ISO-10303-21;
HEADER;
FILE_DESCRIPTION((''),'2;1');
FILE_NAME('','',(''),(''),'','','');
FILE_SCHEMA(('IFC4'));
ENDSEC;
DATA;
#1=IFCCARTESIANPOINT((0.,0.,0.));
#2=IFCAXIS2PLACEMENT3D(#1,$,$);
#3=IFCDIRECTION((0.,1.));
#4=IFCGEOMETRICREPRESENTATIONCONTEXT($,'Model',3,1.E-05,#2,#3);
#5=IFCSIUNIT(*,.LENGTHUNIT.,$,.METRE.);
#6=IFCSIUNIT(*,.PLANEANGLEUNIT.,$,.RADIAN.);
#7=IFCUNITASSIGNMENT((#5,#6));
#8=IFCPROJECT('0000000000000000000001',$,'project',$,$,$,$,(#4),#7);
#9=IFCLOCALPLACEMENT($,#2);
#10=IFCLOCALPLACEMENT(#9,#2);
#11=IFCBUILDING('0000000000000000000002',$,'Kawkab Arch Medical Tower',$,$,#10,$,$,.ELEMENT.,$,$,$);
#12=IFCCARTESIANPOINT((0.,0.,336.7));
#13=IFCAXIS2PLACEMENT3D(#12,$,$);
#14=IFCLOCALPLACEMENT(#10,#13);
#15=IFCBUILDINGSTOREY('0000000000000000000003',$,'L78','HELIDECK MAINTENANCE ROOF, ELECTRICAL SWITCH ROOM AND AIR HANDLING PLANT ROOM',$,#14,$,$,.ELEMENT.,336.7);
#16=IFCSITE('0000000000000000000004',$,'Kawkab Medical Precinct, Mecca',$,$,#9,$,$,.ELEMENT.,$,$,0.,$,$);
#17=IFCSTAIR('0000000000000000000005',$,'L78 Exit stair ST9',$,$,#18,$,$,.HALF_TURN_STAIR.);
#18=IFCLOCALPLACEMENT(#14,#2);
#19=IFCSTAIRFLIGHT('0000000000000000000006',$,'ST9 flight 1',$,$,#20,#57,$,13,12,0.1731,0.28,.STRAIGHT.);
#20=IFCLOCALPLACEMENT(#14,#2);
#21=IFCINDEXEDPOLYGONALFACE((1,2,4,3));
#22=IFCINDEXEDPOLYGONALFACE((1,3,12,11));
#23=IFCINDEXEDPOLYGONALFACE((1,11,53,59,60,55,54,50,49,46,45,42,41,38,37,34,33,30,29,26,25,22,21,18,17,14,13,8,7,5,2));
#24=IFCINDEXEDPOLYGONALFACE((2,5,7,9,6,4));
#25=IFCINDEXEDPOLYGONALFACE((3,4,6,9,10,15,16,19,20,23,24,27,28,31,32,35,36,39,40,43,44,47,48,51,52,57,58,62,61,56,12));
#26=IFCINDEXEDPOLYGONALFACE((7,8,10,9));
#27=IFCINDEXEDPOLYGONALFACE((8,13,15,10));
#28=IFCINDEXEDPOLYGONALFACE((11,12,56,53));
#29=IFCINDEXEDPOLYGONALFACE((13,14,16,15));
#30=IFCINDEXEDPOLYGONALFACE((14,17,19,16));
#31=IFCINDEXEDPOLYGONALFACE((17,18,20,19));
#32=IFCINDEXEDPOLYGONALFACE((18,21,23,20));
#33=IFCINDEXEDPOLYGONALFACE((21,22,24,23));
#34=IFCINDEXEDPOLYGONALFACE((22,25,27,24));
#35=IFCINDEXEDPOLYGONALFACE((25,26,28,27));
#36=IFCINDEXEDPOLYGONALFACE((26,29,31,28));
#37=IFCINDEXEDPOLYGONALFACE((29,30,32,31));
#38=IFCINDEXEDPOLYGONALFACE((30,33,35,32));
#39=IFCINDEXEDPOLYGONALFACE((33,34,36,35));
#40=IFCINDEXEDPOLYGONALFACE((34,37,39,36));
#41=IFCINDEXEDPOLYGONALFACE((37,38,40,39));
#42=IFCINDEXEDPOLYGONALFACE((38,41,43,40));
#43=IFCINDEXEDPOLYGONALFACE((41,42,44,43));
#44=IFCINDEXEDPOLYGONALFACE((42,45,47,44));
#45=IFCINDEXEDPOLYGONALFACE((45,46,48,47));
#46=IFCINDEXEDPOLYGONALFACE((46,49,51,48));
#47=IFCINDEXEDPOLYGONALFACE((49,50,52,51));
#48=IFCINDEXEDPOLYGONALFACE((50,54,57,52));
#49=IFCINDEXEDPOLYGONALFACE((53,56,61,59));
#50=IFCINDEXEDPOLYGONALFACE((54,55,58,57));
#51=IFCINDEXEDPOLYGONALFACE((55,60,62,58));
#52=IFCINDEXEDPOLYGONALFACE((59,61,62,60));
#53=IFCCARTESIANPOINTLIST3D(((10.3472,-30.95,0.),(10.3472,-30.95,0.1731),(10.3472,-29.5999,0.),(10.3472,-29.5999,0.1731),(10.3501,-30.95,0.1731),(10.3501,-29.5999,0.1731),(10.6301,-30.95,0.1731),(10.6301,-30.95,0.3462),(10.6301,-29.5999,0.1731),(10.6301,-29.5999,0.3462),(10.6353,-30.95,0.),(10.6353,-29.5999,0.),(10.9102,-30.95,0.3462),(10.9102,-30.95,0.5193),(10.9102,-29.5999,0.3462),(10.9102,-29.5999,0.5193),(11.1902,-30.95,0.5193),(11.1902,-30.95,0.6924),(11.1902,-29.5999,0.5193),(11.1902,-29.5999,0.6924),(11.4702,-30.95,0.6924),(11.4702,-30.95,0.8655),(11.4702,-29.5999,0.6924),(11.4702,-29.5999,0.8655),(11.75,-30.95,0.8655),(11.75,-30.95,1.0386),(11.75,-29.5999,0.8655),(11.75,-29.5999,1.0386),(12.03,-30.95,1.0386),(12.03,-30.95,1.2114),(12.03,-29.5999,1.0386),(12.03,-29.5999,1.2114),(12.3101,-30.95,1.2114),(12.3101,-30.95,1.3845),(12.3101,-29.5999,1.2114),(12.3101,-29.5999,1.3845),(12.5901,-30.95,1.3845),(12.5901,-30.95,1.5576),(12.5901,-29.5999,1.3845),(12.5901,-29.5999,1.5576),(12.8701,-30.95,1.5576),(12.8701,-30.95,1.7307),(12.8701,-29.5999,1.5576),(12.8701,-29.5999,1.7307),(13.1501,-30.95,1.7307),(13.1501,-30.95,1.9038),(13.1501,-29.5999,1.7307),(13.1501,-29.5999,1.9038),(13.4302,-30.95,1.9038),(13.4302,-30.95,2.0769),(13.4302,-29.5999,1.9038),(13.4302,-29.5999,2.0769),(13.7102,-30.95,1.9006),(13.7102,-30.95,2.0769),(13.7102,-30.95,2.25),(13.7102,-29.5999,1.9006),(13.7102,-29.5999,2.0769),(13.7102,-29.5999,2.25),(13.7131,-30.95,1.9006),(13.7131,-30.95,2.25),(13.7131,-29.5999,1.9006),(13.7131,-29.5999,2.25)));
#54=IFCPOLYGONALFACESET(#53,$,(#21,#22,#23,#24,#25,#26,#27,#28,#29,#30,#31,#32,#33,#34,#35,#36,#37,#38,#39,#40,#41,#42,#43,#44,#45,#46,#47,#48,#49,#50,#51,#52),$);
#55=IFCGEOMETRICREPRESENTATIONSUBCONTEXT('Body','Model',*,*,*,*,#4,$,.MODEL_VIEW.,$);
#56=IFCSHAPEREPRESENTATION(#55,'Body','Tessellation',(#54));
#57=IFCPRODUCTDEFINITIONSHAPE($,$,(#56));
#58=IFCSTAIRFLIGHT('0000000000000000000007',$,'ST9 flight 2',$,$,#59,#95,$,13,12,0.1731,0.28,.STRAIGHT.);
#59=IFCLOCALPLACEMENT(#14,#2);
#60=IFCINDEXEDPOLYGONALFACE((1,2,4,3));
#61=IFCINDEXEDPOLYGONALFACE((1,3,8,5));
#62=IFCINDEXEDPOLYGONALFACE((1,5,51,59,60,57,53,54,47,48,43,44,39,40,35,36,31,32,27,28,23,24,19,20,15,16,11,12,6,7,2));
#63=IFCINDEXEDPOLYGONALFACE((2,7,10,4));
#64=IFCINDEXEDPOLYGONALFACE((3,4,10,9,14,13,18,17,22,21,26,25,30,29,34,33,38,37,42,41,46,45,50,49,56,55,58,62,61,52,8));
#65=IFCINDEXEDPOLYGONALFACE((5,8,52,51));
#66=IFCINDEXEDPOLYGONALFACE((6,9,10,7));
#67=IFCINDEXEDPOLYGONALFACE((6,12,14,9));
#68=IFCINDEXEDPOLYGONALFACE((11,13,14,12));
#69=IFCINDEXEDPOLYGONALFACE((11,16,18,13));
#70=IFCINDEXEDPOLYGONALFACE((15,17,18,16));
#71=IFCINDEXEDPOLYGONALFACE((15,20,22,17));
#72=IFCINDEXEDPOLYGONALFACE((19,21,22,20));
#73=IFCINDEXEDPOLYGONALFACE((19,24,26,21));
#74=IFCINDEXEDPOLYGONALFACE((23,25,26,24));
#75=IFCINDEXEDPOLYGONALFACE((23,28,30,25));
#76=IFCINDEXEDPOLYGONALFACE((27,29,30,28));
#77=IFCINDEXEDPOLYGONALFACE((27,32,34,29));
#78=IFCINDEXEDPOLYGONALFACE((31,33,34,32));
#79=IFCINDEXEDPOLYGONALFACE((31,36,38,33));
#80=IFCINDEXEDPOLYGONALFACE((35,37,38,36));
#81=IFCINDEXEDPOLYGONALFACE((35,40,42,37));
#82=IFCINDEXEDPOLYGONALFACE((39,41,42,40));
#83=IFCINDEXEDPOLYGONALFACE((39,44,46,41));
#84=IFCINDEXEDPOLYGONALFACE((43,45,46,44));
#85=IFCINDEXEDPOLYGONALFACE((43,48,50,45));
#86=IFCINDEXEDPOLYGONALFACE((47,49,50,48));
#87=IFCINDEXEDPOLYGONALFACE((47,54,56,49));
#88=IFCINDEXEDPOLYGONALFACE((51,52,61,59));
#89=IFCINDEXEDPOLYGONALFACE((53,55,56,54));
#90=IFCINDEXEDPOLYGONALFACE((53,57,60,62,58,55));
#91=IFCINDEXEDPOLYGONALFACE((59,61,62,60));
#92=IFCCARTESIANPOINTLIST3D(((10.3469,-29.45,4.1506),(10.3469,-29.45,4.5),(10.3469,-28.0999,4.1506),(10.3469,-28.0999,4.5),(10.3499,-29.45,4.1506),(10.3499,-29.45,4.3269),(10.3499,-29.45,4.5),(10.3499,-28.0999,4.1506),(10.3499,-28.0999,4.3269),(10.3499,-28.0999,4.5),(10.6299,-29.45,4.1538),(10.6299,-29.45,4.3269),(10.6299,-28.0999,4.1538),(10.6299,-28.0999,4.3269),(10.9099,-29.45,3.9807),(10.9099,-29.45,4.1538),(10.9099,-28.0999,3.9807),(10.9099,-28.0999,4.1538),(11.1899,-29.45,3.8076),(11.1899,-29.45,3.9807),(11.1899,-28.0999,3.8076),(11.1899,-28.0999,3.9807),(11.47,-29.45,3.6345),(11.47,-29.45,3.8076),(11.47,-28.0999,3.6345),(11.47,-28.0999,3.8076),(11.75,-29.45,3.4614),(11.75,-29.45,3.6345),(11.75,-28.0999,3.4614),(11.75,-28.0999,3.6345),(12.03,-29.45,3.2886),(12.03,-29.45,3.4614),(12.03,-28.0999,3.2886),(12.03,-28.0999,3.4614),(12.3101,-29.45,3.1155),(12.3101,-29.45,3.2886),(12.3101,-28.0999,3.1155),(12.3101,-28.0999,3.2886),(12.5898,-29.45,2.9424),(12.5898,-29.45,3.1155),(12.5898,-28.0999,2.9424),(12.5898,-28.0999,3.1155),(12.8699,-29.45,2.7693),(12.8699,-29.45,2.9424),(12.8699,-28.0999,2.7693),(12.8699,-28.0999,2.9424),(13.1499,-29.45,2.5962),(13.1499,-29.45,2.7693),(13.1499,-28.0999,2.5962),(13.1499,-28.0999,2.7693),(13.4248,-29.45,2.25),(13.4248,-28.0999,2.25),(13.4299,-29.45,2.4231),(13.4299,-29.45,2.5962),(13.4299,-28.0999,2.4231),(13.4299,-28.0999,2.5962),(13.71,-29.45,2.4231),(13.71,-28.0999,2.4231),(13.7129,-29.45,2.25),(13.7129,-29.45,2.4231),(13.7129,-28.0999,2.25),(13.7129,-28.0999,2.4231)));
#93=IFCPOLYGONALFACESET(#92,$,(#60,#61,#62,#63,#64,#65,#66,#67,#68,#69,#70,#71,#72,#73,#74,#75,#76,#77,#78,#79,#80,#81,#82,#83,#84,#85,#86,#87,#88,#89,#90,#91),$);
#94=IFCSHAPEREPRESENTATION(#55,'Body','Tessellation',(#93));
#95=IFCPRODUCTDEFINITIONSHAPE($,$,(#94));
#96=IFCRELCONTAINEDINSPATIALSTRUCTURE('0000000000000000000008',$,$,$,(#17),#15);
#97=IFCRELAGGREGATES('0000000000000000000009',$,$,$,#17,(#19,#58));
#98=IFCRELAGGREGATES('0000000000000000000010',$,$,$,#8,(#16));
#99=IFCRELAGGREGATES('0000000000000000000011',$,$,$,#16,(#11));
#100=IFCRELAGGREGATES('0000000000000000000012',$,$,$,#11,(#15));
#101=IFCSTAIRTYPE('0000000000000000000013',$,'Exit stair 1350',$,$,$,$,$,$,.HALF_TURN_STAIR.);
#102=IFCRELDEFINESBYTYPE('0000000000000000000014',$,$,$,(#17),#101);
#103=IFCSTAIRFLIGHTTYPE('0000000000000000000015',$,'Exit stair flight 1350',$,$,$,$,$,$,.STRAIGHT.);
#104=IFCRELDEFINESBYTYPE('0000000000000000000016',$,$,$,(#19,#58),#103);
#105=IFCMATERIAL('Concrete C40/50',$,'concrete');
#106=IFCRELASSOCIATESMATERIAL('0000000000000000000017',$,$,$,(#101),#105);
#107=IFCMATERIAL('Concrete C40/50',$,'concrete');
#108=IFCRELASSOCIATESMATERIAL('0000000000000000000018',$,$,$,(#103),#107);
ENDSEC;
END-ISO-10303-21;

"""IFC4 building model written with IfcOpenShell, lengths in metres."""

from ifc_helpers import new_model, si_unit, direction, frame, origin, place, context, subcontext, project, spatial, polyline, outline, extrude, material, type_object, element, aggregate, save


model = new_model("IFC4")

# Units and contexts
model_context = context("Model", 3, precision=1e-05, world=origin(), true_north=direction((0.0, 1.0)))
body_context = subcontext(model_context, "Body", "Model", "MODEL_VIEW")
ifc_project = project(units=[si_unit("LENGTHUNIT", "METRE"), si_unit("PLANEANGLEUNIT", "RADIAN")], contexts=[model_context])

# Site, building, storey
site_placement = place(None, origin())
site = spatial("IfcSite", under=ifc_project, at=site_placement, Name="Kawkab Medical Precinct, Mecca", CompositionType="ELEMENT", RefElevation=0.0)
building_placement = place(site_placement, origin())
building = spatial("IfcBuilding", under=site, at=building_placement, Name="Kawkab Arch Medical Tower", CompositionType="ELEMENT")
storey_placement = place(building_placement, frame((0.0, 0.0, 336.7)))
storey = spatial("IfcBuildingStorey", under=building, at=storey_placement, Name="L78", Description="HELIDECK MAINTENANCE ROOF, ELECTRICAL SWITCH ROOM AND AIR HANDLING PLANT ROOM", CompositionType="ELEMENT", Elevation=336.7)

# Shared definitions
placement = place(storey_placement, origin())

# Stair, stair flights
ifc_material_1 = material(Name="Concrete C40/50", Category="concrete")
stair_type = type_object("IfcStairType", Name="Exit stair 1350", PredefinedType="HALF_TURN_STAIR", material=ifc_material_1)
stair = element("IfcStair", 1, at=placement, inside=storey, type_object=stair_type, Name="L78 Exit stair ST9", PredefinedType="HALF_TURN_STAIR")
ifc_material_2 = material(Name="Concrete C40/50", Category="concrete")
stair_flight_type = type_object("IfcStairFlightType", Name="Exit stair flight 1350", PredefinedType="STRAIGHT", material=ifc_material_2)
stair_flight_1_placement = place(storey_placement, frame((10.3501, -30.2749, 0.0), z_axis=(0.0, 0.0, 1.0), x_axis=(1.0, 0.0, 0.0)))
stair_flight_1 = element("IfcStairFlight", 2, at=stair_flight_1_placement, type_object=stair_flight_type, Name="ST9 flight 1", NumberOfRisers=13, NumberOfTreads=12, PredefinedType="STRAIGHT", RiserHeight=0.1731, TreadLength=0.28, context=body_context, shape_type="SweptSolid", body=[
    extrude(outline(polyline([(-0.0029, 0.0), (-0.0029, 0.1731), (0.0, 0.1731), (0.28, 0.1731), (0.28, 0.3462), (0.5601, 0.3462), (0.5601, 0.5193), (0.8401, 0.5193), (0.8401, 0.6924), (1.1201, 0.6924), (1.1201, 0.8655), (1.3999, 0.8655), (1.3999, 1.0386), (1.6799, 1.0386), (1.6799, 1.2114), (1.96, 1.2114), (1.96, 1.3845), (2.24, 1.3845), (2.24, 1.5576), (2.52, 1.5576), (2.52, 1.7307), (2.8, 1.7307), (2.8, 1.9038), (3.0801, 1.9038), (3.0801, 2.0769), (3.3601, 2.0769), (3.3601, 2.25), (3.363, 2.25), (3.363, 1.9006), (3.3601, 1.9006), (0.2852, 0.0), (-0.0029, 0.0)])), frame((0.0, 0.675, 0.0), z_axis=(0.0, -1.0, 0.0), x_axis=(1.0, 0.0, 0.0)), (0.0, 0.0, 1.0), 1.3501),
])
stair_flight_2_placement = place(storey_placement, frame((13.71, -28.7749, 2.25), z_axis=(0.0, 0.0, 1.0), x_axis=(-1.0, 0.0, 0.0)))
stair_flight_2 = element("IfcStairFlight", 3, at=stair_flight_2_placement, type_object=stair_flight_type, Name="ST9 flight 2", NumberOfRisers=13, NumberOfTreads=12, PredefinedType="STRAIGHT", RiserHeight=0.1731, TreadLength=0.28, context=body_context, shape_type="SweptSolid", body=[
    extrude(outline(polyline([(-0.0029, 0.0), (-0.0029, 0.1731), (0.0, 0.1731), (0.28, 0.1731), (0.28, 0.3462), (0.5601, 0.3462), (0.5601, 0.5193), (0.8401, 0.5193), (0.8401, 0.6924), (1.1201, 0.6924), (1.1201, 0.8655), (1.3999, 0.8655), (1.3999, 1.0386), (1.6799, 1.0386), (1.6799, 1.2114), (1.96, 1.2114), (1.96, 1.3845), (2.24, 1.3845), (2.24, 1.5576), (2.52, 1.5576), (2.52, 1.7307), (2.8, 1.7307), (2.8, 1.9038), (3.0801, 1.9038), (3.0801, 2.0769), (3.3601, 2.0769), (3.3601, 2.25), (3.363, 2.25), (3.363, 1.9006), (3.3601, 1.9006), (0.2852, 0.0), (-0.0029, 0.0)])), frame((0.0, 0.675, 0.0), z_axis=(0.0, -1.0, 0.0), x_axis=(1.0, 0.0, 0.0)), (0.0, 0.0, 1.0), 1.3501),
])
aggregate(stair, [stair_flight_1, stair_flight_2])

save(model, "model.ifc")
